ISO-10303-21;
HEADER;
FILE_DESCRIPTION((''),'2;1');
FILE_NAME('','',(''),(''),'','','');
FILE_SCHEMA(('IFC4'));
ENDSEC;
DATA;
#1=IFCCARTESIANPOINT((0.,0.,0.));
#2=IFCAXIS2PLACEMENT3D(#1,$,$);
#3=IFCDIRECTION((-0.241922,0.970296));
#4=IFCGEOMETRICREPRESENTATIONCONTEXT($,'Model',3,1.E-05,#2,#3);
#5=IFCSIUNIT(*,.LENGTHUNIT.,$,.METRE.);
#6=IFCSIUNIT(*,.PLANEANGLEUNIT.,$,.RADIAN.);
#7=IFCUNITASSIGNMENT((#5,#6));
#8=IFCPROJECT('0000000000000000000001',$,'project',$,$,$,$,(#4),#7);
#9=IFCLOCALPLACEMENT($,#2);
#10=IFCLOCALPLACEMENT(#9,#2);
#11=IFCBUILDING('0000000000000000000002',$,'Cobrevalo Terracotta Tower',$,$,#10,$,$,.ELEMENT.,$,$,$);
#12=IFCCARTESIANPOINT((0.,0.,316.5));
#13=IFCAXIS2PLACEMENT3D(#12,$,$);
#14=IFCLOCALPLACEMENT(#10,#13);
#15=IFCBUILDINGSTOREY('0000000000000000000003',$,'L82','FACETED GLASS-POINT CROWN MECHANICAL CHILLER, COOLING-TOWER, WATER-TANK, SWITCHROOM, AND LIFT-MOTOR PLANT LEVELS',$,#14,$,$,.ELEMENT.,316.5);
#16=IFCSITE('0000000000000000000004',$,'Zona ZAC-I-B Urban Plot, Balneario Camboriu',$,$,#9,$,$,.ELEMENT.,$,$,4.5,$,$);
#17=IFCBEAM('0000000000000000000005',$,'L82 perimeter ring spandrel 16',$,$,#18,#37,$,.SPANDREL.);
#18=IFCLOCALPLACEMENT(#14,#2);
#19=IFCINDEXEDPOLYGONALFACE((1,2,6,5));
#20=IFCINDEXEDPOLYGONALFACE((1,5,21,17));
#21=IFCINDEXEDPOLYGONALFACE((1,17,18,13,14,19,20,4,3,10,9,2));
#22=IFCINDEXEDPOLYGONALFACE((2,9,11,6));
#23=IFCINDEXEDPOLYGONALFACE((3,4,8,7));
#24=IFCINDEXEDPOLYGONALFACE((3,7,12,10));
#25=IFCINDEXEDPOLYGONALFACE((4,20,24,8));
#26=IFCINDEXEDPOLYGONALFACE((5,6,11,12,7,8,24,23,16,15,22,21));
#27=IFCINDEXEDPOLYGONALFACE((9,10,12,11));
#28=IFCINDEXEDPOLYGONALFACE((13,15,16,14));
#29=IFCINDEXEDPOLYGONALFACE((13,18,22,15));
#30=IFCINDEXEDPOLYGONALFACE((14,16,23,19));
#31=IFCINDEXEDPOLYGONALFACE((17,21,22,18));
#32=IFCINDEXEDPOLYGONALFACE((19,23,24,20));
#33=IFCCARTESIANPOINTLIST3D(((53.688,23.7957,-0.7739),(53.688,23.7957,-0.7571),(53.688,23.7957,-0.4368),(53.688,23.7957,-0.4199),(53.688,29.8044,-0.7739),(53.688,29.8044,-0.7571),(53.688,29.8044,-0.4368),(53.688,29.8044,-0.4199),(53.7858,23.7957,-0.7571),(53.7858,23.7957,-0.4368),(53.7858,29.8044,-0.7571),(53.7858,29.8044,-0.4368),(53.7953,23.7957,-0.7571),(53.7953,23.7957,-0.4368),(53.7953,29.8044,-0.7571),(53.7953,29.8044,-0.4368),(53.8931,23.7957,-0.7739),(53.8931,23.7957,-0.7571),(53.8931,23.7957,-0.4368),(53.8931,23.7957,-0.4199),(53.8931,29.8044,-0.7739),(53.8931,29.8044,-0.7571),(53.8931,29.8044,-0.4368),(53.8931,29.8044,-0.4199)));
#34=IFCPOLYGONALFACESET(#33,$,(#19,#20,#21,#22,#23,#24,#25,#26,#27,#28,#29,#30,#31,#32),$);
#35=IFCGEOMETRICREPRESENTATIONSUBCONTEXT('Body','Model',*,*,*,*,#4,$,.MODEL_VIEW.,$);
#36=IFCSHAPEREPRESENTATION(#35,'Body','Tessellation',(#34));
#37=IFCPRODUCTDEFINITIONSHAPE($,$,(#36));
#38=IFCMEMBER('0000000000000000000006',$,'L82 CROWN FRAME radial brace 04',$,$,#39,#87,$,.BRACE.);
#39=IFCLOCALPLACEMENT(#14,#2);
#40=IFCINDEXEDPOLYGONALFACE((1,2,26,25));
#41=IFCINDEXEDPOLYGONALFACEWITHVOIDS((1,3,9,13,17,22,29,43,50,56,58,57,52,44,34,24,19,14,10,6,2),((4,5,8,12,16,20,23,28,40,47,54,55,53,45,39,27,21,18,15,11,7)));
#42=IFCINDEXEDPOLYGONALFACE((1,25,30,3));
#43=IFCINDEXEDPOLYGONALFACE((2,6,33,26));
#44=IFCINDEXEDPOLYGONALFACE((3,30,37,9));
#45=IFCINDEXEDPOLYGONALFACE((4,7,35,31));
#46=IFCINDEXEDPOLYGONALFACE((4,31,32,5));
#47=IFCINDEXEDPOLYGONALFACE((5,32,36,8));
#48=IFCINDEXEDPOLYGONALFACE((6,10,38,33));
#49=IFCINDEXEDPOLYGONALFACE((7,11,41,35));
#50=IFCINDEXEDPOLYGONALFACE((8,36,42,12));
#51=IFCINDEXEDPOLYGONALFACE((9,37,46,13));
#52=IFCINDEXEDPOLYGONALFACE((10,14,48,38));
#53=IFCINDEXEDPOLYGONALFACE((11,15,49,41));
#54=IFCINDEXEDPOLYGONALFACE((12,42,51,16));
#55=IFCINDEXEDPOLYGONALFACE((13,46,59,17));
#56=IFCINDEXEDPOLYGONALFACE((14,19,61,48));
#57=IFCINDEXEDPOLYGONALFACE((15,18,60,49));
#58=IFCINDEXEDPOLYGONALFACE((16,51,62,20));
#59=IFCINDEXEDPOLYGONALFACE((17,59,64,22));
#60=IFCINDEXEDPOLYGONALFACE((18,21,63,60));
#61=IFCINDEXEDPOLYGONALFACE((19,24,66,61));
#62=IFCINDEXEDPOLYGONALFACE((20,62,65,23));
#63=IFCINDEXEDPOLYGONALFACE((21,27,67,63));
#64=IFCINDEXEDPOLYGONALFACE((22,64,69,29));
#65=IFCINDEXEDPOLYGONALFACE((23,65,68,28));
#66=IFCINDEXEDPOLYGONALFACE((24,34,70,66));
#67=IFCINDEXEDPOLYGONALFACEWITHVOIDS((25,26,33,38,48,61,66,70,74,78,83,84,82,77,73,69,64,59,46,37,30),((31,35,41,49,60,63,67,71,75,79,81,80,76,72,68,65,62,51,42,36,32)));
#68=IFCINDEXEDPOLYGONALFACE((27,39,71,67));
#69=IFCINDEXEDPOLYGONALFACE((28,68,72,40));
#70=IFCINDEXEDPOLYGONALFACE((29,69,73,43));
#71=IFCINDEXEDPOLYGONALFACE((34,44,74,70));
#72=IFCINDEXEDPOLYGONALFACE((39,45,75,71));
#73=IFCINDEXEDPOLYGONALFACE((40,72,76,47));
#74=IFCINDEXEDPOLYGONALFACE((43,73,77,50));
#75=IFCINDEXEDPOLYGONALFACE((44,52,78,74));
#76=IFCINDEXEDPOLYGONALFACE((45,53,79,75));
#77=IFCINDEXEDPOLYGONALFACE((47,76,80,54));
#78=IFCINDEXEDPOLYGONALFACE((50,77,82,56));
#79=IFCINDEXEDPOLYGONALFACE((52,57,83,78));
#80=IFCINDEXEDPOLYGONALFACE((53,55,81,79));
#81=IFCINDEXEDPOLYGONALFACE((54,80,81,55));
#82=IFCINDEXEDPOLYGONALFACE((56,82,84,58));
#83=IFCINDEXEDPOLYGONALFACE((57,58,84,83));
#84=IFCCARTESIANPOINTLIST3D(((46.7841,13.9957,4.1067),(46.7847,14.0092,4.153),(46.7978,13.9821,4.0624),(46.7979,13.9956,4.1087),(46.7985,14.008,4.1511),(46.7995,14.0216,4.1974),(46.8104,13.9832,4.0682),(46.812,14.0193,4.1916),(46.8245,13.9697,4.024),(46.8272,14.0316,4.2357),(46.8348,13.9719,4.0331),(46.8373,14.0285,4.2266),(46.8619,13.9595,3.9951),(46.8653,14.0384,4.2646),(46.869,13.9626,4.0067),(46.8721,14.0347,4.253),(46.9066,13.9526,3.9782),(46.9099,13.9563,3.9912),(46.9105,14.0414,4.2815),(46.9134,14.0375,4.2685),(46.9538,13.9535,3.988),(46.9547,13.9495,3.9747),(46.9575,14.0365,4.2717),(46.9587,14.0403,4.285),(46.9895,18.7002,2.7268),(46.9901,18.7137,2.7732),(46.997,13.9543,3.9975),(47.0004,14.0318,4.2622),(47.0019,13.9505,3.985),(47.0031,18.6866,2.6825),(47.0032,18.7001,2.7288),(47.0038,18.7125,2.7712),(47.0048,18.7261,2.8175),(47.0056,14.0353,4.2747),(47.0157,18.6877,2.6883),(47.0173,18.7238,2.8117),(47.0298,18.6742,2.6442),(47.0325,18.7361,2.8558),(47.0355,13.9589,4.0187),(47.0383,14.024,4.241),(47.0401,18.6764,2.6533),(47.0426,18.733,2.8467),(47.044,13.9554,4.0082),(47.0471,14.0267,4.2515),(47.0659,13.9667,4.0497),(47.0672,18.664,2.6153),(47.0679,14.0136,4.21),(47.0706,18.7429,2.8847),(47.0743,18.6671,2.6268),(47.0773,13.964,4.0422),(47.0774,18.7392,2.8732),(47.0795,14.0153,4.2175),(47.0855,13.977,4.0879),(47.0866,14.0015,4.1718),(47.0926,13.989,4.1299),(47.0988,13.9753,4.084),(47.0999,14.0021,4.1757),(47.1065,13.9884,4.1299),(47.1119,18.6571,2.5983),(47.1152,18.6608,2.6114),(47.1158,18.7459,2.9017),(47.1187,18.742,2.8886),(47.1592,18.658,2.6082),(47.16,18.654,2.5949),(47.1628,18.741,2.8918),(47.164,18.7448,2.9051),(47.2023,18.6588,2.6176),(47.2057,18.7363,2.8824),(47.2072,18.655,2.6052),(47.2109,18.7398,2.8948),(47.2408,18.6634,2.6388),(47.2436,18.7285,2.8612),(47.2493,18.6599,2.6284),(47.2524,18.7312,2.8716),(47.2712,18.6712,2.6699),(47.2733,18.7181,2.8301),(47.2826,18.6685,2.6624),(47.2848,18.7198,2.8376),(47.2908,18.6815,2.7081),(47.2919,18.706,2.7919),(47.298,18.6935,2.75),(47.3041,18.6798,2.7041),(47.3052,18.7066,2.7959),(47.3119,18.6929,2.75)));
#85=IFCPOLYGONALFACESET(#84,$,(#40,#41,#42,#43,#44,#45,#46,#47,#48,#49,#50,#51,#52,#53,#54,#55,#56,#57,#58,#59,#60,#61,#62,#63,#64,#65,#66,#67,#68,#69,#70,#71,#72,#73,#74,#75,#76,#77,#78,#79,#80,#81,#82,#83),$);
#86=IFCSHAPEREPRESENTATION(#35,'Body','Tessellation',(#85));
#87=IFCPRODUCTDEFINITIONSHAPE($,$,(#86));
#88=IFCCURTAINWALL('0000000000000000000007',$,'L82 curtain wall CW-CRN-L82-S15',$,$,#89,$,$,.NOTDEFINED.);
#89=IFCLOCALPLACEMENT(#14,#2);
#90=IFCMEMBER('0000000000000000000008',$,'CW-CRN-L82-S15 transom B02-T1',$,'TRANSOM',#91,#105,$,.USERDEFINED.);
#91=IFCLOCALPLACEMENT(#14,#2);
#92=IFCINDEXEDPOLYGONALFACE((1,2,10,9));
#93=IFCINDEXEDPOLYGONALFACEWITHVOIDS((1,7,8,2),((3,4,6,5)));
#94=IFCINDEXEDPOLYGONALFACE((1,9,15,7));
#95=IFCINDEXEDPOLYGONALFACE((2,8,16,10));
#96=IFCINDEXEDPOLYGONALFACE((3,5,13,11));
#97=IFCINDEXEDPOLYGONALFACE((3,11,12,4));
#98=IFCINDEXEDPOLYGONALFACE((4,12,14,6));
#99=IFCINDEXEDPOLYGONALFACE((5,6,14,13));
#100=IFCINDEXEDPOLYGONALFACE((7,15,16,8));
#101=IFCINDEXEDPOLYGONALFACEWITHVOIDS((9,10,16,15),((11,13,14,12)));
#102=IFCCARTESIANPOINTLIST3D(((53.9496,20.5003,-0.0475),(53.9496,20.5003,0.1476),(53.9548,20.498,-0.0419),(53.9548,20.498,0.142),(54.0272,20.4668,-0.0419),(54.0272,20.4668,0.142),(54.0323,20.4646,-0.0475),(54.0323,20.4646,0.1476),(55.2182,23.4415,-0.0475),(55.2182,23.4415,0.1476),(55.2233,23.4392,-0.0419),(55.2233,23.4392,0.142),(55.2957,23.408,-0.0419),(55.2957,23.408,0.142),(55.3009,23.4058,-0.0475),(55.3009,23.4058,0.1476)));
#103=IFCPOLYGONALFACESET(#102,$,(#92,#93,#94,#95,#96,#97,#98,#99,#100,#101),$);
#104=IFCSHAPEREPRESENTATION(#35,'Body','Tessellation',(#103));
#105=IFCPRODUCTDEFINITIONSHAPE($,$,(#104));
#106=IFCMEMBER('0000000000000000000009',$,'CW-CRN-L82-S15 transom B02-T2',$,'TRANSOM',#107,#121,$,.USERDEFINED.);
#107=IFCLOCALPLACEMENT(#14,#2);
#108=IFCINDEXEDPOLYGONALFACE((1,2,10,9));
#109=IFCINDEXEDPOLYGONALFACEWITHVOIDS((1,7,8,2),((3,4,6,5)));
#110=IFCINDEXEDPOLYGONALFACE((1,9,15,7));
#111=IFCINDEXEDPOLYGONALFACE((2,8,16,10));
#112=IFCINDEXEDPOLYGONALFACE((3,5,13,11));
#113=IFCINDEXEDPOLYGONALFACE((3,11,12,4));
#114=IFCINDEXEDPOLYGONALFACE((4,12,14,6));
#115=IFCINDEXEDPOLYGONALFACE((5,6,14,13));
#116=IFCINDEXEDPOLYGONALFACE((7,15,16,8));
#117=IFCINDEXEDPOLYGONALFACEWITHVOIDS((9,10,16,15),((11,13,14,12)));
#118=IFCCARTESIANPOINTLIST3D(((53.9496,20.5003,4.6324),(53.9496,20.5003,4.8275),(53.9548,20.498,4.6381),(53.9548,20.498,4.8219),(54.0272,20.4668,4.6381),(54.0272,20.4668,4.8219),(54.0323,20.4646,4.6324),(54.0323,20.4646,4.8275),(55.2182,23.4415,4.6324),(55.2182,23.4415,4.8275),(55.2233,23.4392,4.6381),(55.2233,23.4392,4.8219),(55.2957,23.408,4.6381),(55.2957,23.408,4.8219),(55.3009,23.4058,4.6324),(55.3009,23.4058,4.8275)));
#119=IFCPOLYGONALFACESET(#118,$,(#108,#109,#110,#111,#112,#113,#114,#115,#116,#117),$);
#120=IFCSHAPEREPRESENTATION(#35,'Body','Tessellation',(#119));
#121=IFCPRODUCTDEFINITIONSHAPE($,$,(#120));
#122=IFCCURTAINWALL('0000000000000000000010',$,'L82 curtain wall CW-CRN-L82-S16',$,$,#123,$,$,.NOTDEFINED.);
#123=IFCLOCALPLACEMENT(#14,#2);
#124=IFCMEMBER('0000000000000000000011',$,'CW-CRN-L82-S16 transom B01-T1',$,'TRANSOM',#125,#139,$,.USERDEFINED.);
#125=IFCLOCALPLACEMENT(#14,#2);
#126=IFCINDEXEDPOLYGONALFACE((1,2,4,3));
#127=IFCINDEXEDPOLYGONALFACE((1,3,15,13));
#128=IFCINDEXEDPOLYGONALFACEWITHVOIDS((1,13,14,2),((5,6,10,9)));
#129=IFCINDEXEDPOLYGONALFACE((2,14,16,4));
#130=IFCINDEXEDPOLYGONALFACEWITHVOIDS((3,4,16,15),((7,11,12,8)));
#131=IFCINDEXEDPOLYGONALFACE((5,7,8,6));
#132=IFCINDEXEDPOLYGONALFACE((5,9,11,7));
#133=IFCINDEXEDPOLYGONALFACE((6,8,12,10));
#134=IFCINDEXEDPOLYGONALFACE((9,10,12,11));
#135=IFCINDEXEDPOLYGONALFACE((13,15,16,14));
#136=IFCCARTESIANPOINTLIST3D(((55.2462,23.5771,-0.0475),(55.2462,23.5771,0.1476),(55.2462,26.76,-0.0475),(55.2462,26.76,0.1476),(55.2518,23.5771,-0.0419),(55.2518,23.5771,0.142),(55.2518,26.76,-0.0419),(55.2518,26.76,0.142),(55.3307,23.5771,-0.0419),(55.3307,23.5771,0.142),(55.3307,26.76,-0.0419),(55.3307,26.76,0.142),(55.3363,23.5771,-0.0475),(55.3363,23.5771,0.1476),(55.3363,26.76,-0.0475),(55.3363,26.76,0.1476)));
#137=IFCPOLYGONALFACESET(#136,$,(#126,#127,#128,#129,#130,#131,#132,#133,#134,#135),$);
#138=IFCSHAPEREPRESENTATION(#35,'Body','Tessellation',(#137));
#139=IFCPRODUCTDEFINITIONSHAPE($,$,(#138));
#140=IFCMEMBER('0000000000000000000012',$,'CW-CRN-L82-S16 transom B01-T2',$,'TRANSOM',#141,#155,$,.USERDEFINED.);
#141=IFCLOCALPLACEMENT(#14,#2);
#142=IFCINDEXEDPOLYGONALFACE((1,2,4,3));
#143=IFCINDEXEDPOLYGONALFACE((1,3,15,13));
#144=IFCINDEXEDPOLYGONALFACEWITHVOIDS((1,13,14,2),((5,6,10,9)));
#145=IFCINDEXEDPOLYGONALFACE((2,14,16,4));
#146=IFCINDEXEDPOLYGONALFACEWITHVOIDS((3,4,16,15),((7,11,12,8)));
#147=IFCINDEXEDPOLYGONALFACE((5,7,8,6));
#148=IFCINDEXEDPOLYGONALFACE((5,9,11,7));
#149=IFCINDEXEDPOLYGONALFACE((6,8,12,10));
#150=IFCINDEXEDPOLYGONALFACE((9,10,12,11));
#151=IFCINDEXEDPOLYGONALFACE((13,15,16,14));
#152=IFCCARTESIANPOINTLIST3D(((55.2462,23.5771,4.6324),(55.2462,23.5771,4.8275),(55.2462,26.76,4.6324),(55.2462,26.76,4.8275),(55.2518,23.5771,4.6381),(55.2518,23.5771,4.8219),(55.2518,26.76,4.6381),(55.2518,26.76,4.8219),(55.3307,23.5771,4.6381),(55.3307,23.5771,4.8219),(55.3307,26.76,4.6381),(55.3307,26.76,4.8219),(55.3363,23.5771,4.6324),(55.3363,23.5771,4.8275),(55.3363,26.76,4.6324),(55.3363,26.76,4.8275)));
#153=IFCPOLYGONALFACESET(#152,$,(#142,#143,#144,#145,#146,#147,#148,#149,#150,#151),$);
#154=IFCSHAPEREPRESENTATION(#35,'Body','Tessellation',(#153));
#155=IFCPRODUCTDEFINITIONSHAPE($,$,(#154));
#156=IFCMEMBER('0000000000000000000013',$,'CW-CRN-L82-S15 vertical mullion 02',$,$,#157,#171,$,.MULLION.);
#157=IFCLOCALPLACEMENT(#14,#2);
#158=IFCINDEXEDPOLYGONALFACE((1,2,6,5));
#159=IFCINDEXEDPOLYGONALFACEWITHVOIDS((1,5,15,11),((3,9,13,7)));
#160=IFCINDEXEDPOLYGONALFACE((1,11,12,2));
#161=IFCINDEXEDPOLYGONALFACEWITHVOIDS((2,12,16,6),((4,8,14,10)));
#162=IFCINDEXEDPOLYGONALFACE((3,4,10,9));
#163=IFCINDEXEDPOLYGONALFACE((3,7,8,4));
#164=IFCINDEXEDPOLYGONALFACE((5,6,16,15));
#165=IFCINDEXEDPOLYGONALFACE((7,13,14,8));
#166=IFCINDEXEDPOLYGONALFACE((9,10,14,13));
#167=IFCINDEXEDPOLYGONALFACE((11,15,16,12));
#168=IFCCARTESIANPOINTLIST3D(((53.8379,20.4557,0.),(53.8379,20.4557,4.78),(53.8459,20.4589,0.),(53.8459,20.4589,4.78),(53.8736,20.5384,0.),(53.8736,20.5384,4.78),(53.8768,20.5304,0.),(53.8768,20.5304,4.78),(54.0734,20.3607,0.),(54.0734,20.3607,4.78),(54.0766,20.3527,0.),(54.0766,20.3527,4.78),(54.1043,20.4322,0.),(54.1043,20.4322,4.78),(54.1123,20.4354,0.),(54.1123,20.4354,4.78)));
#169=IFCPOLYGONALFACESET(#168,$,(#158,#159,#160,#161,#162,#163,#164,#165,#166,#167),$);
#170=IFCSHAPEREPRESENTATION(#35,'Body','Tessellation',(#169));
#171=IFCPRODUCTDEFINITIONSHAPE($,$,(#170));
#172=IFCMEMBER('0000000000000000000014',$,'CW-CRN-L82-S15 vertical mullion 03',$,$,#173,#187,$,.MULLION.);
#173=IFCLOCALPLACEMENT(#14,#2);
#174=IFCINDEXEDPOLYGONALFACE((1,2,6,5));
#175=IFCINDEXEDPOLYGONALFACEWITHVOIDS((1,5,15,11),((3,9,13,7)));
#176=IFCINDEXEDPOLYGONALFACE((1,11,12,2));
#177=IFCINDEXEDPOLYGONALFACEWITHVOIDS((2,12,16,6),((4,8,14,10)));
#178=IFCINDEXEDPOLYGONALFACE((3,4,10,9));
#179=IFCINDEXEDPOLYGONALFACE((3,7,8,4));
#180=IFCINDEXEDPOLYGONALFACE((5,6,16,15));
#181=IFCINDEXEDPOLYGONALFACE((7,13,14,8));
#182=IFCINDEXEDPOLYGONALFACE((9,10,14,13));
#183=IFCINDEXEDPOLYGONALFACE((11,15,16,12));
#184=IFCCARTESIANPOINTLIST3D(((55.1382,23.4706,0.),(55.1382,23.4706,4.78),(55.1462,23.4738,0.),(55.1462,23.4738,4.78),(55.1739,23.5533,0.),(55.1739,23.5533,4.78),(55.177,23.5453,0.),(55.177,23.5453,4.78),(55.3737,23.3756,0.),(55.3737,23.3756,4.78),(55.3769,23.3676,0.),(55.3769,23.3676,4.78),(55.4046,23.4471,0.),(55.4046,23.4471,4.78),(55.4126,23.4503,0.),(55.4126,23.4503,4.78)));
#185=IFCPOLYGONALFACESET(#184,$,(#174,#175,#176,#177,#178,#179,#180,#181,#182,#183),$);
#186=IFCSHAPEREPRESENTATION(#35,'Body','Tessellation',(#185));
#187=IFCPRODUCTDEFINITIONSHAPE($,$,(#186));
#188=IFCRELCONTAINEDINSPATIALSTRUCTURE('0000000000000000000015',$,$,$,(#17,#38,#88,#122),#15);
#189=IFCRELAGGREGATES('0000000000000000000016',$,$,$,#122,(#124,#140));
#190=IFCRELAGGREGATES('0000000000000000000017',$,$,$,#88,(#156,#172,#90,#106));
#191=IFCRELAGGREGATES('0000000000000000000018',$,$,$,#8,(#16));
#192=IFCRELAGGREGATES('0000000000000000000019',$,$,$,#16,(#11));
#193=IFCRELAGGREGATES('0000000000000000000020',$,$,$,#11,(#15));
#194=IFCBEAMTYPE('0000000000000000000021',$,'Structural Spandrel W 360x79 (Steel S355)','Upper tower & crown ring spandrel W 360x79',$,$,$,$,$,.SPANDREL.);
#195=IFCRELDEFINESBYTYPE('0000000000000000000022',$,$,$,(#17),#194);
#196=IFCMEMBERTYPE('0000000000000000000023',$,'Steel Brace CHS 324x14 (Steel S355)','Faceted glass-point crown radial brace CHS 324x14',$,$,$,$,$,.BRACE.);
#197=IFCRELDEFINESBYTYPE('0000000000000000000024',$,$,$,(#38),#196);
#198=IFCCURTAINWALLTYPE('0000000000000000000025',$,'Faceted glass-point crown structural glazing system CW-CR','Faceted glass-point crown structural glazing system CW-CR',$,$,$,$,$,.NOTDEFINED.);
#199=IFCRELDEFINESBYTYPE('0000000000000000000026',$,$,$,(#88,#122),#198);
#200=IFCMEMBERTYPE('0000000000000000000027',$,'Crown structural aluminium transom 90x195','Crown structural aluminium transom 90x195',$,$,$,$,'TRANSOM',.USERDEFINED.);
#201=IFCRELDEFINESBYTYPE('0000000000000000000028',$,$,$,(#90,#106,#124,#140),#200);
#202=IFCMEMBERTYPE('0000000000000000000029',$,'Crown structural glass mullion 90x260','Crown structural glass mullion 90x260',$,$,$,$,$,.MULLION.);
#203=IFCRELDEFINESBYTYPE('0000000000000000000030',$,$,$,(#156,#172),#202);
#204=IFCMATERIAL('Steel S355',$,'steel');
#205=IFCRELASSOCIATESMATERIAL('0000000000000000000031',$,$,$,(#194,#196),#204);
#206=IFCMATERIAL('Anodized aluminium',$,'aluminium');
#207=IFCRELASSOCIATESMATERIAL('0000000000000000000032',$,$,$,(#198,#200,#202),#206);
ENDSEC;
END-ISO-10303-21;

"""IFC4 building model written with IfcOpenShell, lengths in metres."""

from ifc_helpers import new_model, si_unit, direction, frame, origin, origin_2d, place, context, subcontext, project, spatial, hollow_rectangle, hollow_circle, i_section, extrude, source, transform, mapped, material, material_profile, profile_set, type_object, element, aggregate, save


model = new_model("IFC4")

# Units and contexts
model_context = context("Model", 3, precision=1e-05, world=origin(), true_north=direction((-0.241922, 0.970296)))
body_context = subcontext(model_context, "Body", "Model", "MODEL_VIEW")
ifc_project = project(units=[si_unit("LENGTHUNIT", "METRE"), si_unit("PLANEANGLEUNIT", "RADIAN")], contexts=[model_context])

# Site, building, storey
site_placement = place(None, origin())
site = spatial("IfcSite", under=ifc_project, at=site_placement, Name="Zona ZAC-I-B Urban Plot, Balneario Camboriu", CompositionType="ELEMENT", RefElevation=4.5)
building_placement = place(site_placement, origin())
building = spatial("IfcBuilding", under=site, at=building_placement, Name="Cobrevalo Terracotta Tower", CompositionType="ELEMENT")
storey_placement = place(building_placement, frame((0.0, 0.0, 316.5)))
storey = spatial("IfcBuildingStorey", under=building, at=storey_placement, Name="L82", Description="FACETED GLASS-POINT CROWN MECHANICAL CHILLER, COOLING-TOWER, WATER-TANK, SWITCHROOM, AND LIFT-MOTOR PLANT LEVELS", CompositionType="ELEMENT", Elevation=316.5)

# Shared definitions
ifc_material_1 = material(Name="Steel S355", Category="steel")

# Beam
ifc_material_profile_1 = material_profile(ifc_material_1, i_section(OverallWidth=0.2051, OverallDepth=0.354, WebThickness=0.0095, FlangeThickness=0.0168, at=origin_2d()), Name="W 360x79")
ifc_profile_set_1 = profile_set([ifc_material_profile_1], Name="Steel S355")
beam_type_1 = type_object("IfcBeamType", Name="Structural Spandrel W 360x79 (Steel S355)", Description="Upper tower & crown ring spandrel W 360x79", PredefinedType="SPANDREL", material=ifc_profile_set_1)
beam_1_placement = place(storey_placement, frame((53.7905, 23.7957, -0.5969), z_axis=(0.0, 1.0, 0.0), x_axis=(-1.0, 0.0, 0.0)))
element("IfcBeam", 1, at=beam_1_placement, inside=storey, type_object=beam_type_1, Name="L82 perimeter ring spandrel 16", PredefinedType="SPANDREL", context=body_context, shape_type="SweptSolid", body=[
    extrude(i_section(OverallWidth=0.2051, OverallDepth=0.354, WebThickness=0.0095, FlangeThickness=0.0168, at=origin_2d()), origin(), (0.0, 0.0, 1.0), 6.0088),
])

# Member
ifc_material_profile_2 = material_profile(ifc_material_1, hollow_circle(Radius=0.1621, WallThickness=0.0139, at=origin_2d()), Name="CHS 324x14")
ifc_profile_set_2 = profile_set([ifc_material_profile_2], Name="Steel S355")
member_type_1 = type_object("IfcMemberType", Name="Steel Brace CHS 324x14 (Steel S355)", Description="Faceted glass-point crown radial brace CHS 324x14", PredefinedType="BRACE", material=ifc_profile_set_2)
shared_shape_1 = source(origin(), body_context, "Body", "SweptSolid", [
    extrude(hollow_circle(Radius=0.1621, WallThickness=0.0139, at=origin_2d()), origin(), (0.0, 0.0, 1.0), 4.907),
])
member_1_placement = place(storey_placement, frame((47.1499, 18.7, 2.75), z_axis=(-0.041842, -0.958736, 0.281203), x_axis=(0.999049, -0.043601, 0.0)))
element("IfcMember", 2, at=member_1_placement, inside=storey, type_object=member_type_1, Name="L82 CROWN FRAME radial brace 04", PredefinedType="BRACE", context=body_context, shape_type="MappedRepresentation", body=[
    mapped(shared_shape_1, transform((0.0, 0.0, 0.0), scale=1.0)),
])

# Curtain walls, members
ifc_material_2 = material(Name="Anodized aluminium", Category="aluminium")
curtain_wall_type = type_object("IfcCurtainWallType", Name="Faceted glass-point crown structural glazing system CW-CR", Description="Faceted glass-point crown structural glazing system CW-CR", PredefinedType="NOTDEFINED", material=ifc_material_2)
curtain_wall_1_placement = place(storey_placement, origin())
curtain_wall_1 = element("IfcCurtainWall", 3, at=curtain_wall_1_placement, inside=storey, type_object=curtain_wall_type, Name="L82 curtain wall CW-CRN-L82-S15", PredefinedType="NOTDEFINED")
ifc_material_profile_3 = material_profile(ifc_material_2, hollow_rectangle(XDim=0.0901, YDim=0.1951, WallThickness=0.0056, at=origin_2d()), Name="CWT 90x195")
ifc_profile_set_3 = profile_set([ifc_material_profile_3], Name="Anodized aluminium")
member_type_2 = type_object("IfcMemberType", Name="Crown structural aluminium transom 90x195", Description="Crown structural aluminium transom 90x195", ElementType="TRANSOM", PredefinedType="USERDEFINED", material=ifc_profile_set_3)
shared_shape_2 = source(origin(), body_context, "Body", "SweptSolid", [
    extrude(hollow_rectangle(XDim=0.0901, YDim=0.1951, WallThickness=0.0056, at=origin_2d()), origin(), (0.0, 0.0, 1.0), 3.2031),
])
member_2_placement = place(storey_placement, frame((53.991, 20.4824, 0.05), z_axis=(0.396043, 0.918232, 0.0), x_axis=(-0.918232, 0.396043, 0.0)))
member_2 = element("IfcMember", 4, at=member_2_placement, type_object=member_type_2, Name="CW-CRN-L82-S15 transom B02-T1", ObjectType="TRANSOM", PredefinedType="USERDEFINED", context=body_context, shape_type="MappedRepresentation", body=[
    mapped(shared_shape_2, transform((0.0, 0.0, 0.0), scale=1.0)),
])
member_3_placement = place(storey_placement, frame((53.991, 20.4824, 4.73), z_axis=(0.396043, 0.918232, 0.0), x_axis=(-0.918232, 0.396043, 0.0)))
member_3 = element("IfcMember", 5, at=member_3_placement, type_object=member_type_2, Name="CW-CRN-L82-S15 transom B02-T2", ObjectType="TRANSOM", PredefinedType="USERDEFINED", context=body_context, shape_type="MappedRepresentation", body=[
    mapped(shared_shape_2, transform((0.0, 0.0, 0.0), scale=1.0)),
])
curtain_wall_2_placement = place(storey_placement, origin())
curtain_wall_2 = element("IfcCurtainWall", 6, at=curtain_wall_2_placement, inside=storey, type_object=curtain_wall_type, Name="L82 curtain wall CW-CRN-L82-S16", PredefinedType="NOTDEFINED")
shared_shape_3 = source(origin(), body_context, "Body", "SweptSolid", [
    extrude(hollow_rectangle(XDim=0.0901, YDim=0.1951, WallThickness=0.0056, at=origin_2d()), origin(), (0.0, 0.0, 1.0), 3.1829),
])
member_4_placement = place(storey_placement, frame((55.2913, 23.5771, 0.05), z_axis=(0.0, 1.0, 0.0), x_axis=(-1.0, 0.0, 0.0)))
member_4 = element("IfcMember", 7, at=member_4_placement, type_object=member_type_2, Name="CW-CRN-L82-S16 transom B01-T1", ObjectType="TRANSOM", PredefinedType="USERDEFINED", context=body_context, shape_type="MappedRepresentation", body=[
    mapped(shared_shape_3, transform((0.0, 0.0, 0.0), scale=1.0)),
])
member_5_placement = place(storey_placement, frame((55.2913, 23.5771, 4.73), z_axis=(0.0, 1.0, 0.0), x_axis=(-1.0, 0.0, 0.0)))
member_5 = element("IfcMember", 8, at=member_5_placement, type_object=member_type_2, Name="CW-CRN-L82-S16 transom B01-T2", ObjectType="TRANSOM", PredefinedType="USERDEFINED", context=body_context, shape_type="MappedRepresentation", body=[
    mapped(shared_shape_3, transform((0.0, 0.0, 0.0), scale=1.0)),
])

# Members
ifc_material_profile_4 = material_profile(ifc_material_2, hollow_rectangle(XDim=0.0901, YDim=0.26, WallThickness=0.0061, at=origin_2d()), Name="CWM 90x260")
ifc_profile_set_4 = profile_set([ifc_material_profile_4], Name="Anodized aluminium")
member_type_3 = type_object("IfcMemberType", Name="Crown structural glass mullion 90x260", Description="Crown structural glass mullion 90x260", PredefinedType="MULLION", material=ifc_profile_set_4)
shared_shape_4 = source(origin(), body_context, "Body", "SweptSolid", [
    extrude(hollow_rectangle(XDim=0.0901, YDim=0.26, WallThickness=0.0061, at=origin_2d()), origin(), (0.0, 0.0, 1.0), 4.78),
])
member_6_placement = place(storey_placement, frame((53.9751, 20.4456, 0.0), z_axis=(0.0, 0.0, 1.0), x_axis=(0.396058, 0.918225, 0.0)))
member_6 = element("IfcMember", 9, at=member_6_placement, type_object=member_type_3, Name="CW-CRN-L82-S15 vertical mullion 02", PredefinedType="MULLION", context=body_context, shape_type="MappedRepresentation", body=[
    mapped(shared_shape_4, transform((0.0, 0.0, 0.0), scale=1.0)),
])
member_7_placement = place(storey_placement, frame((55.2754, 23.4604, 0.0), z_axis=(0.0, 0.0, 1.0), x_axis=(0.396058, 0.918225, 0.0)))
member_7 = element("IfcMember", 10, at=member_7_placement, type_object=member_type_3, Name="CW-CRN-L82-S15 vertical mullion 03", PredefinedType="MULLION", context=body_context, shape_type="MappedRepresentation", body=[
    mapped(shared_shape_4, transform((0.0, 0.0, 0.0), scale=1.0)),
])
aggregate(curtain_wall_2, [member_4, member_5])

aggregate(curtain_wall_1, [member_6, member_7, member_2, member_3])

save(model, "model.ifc")
